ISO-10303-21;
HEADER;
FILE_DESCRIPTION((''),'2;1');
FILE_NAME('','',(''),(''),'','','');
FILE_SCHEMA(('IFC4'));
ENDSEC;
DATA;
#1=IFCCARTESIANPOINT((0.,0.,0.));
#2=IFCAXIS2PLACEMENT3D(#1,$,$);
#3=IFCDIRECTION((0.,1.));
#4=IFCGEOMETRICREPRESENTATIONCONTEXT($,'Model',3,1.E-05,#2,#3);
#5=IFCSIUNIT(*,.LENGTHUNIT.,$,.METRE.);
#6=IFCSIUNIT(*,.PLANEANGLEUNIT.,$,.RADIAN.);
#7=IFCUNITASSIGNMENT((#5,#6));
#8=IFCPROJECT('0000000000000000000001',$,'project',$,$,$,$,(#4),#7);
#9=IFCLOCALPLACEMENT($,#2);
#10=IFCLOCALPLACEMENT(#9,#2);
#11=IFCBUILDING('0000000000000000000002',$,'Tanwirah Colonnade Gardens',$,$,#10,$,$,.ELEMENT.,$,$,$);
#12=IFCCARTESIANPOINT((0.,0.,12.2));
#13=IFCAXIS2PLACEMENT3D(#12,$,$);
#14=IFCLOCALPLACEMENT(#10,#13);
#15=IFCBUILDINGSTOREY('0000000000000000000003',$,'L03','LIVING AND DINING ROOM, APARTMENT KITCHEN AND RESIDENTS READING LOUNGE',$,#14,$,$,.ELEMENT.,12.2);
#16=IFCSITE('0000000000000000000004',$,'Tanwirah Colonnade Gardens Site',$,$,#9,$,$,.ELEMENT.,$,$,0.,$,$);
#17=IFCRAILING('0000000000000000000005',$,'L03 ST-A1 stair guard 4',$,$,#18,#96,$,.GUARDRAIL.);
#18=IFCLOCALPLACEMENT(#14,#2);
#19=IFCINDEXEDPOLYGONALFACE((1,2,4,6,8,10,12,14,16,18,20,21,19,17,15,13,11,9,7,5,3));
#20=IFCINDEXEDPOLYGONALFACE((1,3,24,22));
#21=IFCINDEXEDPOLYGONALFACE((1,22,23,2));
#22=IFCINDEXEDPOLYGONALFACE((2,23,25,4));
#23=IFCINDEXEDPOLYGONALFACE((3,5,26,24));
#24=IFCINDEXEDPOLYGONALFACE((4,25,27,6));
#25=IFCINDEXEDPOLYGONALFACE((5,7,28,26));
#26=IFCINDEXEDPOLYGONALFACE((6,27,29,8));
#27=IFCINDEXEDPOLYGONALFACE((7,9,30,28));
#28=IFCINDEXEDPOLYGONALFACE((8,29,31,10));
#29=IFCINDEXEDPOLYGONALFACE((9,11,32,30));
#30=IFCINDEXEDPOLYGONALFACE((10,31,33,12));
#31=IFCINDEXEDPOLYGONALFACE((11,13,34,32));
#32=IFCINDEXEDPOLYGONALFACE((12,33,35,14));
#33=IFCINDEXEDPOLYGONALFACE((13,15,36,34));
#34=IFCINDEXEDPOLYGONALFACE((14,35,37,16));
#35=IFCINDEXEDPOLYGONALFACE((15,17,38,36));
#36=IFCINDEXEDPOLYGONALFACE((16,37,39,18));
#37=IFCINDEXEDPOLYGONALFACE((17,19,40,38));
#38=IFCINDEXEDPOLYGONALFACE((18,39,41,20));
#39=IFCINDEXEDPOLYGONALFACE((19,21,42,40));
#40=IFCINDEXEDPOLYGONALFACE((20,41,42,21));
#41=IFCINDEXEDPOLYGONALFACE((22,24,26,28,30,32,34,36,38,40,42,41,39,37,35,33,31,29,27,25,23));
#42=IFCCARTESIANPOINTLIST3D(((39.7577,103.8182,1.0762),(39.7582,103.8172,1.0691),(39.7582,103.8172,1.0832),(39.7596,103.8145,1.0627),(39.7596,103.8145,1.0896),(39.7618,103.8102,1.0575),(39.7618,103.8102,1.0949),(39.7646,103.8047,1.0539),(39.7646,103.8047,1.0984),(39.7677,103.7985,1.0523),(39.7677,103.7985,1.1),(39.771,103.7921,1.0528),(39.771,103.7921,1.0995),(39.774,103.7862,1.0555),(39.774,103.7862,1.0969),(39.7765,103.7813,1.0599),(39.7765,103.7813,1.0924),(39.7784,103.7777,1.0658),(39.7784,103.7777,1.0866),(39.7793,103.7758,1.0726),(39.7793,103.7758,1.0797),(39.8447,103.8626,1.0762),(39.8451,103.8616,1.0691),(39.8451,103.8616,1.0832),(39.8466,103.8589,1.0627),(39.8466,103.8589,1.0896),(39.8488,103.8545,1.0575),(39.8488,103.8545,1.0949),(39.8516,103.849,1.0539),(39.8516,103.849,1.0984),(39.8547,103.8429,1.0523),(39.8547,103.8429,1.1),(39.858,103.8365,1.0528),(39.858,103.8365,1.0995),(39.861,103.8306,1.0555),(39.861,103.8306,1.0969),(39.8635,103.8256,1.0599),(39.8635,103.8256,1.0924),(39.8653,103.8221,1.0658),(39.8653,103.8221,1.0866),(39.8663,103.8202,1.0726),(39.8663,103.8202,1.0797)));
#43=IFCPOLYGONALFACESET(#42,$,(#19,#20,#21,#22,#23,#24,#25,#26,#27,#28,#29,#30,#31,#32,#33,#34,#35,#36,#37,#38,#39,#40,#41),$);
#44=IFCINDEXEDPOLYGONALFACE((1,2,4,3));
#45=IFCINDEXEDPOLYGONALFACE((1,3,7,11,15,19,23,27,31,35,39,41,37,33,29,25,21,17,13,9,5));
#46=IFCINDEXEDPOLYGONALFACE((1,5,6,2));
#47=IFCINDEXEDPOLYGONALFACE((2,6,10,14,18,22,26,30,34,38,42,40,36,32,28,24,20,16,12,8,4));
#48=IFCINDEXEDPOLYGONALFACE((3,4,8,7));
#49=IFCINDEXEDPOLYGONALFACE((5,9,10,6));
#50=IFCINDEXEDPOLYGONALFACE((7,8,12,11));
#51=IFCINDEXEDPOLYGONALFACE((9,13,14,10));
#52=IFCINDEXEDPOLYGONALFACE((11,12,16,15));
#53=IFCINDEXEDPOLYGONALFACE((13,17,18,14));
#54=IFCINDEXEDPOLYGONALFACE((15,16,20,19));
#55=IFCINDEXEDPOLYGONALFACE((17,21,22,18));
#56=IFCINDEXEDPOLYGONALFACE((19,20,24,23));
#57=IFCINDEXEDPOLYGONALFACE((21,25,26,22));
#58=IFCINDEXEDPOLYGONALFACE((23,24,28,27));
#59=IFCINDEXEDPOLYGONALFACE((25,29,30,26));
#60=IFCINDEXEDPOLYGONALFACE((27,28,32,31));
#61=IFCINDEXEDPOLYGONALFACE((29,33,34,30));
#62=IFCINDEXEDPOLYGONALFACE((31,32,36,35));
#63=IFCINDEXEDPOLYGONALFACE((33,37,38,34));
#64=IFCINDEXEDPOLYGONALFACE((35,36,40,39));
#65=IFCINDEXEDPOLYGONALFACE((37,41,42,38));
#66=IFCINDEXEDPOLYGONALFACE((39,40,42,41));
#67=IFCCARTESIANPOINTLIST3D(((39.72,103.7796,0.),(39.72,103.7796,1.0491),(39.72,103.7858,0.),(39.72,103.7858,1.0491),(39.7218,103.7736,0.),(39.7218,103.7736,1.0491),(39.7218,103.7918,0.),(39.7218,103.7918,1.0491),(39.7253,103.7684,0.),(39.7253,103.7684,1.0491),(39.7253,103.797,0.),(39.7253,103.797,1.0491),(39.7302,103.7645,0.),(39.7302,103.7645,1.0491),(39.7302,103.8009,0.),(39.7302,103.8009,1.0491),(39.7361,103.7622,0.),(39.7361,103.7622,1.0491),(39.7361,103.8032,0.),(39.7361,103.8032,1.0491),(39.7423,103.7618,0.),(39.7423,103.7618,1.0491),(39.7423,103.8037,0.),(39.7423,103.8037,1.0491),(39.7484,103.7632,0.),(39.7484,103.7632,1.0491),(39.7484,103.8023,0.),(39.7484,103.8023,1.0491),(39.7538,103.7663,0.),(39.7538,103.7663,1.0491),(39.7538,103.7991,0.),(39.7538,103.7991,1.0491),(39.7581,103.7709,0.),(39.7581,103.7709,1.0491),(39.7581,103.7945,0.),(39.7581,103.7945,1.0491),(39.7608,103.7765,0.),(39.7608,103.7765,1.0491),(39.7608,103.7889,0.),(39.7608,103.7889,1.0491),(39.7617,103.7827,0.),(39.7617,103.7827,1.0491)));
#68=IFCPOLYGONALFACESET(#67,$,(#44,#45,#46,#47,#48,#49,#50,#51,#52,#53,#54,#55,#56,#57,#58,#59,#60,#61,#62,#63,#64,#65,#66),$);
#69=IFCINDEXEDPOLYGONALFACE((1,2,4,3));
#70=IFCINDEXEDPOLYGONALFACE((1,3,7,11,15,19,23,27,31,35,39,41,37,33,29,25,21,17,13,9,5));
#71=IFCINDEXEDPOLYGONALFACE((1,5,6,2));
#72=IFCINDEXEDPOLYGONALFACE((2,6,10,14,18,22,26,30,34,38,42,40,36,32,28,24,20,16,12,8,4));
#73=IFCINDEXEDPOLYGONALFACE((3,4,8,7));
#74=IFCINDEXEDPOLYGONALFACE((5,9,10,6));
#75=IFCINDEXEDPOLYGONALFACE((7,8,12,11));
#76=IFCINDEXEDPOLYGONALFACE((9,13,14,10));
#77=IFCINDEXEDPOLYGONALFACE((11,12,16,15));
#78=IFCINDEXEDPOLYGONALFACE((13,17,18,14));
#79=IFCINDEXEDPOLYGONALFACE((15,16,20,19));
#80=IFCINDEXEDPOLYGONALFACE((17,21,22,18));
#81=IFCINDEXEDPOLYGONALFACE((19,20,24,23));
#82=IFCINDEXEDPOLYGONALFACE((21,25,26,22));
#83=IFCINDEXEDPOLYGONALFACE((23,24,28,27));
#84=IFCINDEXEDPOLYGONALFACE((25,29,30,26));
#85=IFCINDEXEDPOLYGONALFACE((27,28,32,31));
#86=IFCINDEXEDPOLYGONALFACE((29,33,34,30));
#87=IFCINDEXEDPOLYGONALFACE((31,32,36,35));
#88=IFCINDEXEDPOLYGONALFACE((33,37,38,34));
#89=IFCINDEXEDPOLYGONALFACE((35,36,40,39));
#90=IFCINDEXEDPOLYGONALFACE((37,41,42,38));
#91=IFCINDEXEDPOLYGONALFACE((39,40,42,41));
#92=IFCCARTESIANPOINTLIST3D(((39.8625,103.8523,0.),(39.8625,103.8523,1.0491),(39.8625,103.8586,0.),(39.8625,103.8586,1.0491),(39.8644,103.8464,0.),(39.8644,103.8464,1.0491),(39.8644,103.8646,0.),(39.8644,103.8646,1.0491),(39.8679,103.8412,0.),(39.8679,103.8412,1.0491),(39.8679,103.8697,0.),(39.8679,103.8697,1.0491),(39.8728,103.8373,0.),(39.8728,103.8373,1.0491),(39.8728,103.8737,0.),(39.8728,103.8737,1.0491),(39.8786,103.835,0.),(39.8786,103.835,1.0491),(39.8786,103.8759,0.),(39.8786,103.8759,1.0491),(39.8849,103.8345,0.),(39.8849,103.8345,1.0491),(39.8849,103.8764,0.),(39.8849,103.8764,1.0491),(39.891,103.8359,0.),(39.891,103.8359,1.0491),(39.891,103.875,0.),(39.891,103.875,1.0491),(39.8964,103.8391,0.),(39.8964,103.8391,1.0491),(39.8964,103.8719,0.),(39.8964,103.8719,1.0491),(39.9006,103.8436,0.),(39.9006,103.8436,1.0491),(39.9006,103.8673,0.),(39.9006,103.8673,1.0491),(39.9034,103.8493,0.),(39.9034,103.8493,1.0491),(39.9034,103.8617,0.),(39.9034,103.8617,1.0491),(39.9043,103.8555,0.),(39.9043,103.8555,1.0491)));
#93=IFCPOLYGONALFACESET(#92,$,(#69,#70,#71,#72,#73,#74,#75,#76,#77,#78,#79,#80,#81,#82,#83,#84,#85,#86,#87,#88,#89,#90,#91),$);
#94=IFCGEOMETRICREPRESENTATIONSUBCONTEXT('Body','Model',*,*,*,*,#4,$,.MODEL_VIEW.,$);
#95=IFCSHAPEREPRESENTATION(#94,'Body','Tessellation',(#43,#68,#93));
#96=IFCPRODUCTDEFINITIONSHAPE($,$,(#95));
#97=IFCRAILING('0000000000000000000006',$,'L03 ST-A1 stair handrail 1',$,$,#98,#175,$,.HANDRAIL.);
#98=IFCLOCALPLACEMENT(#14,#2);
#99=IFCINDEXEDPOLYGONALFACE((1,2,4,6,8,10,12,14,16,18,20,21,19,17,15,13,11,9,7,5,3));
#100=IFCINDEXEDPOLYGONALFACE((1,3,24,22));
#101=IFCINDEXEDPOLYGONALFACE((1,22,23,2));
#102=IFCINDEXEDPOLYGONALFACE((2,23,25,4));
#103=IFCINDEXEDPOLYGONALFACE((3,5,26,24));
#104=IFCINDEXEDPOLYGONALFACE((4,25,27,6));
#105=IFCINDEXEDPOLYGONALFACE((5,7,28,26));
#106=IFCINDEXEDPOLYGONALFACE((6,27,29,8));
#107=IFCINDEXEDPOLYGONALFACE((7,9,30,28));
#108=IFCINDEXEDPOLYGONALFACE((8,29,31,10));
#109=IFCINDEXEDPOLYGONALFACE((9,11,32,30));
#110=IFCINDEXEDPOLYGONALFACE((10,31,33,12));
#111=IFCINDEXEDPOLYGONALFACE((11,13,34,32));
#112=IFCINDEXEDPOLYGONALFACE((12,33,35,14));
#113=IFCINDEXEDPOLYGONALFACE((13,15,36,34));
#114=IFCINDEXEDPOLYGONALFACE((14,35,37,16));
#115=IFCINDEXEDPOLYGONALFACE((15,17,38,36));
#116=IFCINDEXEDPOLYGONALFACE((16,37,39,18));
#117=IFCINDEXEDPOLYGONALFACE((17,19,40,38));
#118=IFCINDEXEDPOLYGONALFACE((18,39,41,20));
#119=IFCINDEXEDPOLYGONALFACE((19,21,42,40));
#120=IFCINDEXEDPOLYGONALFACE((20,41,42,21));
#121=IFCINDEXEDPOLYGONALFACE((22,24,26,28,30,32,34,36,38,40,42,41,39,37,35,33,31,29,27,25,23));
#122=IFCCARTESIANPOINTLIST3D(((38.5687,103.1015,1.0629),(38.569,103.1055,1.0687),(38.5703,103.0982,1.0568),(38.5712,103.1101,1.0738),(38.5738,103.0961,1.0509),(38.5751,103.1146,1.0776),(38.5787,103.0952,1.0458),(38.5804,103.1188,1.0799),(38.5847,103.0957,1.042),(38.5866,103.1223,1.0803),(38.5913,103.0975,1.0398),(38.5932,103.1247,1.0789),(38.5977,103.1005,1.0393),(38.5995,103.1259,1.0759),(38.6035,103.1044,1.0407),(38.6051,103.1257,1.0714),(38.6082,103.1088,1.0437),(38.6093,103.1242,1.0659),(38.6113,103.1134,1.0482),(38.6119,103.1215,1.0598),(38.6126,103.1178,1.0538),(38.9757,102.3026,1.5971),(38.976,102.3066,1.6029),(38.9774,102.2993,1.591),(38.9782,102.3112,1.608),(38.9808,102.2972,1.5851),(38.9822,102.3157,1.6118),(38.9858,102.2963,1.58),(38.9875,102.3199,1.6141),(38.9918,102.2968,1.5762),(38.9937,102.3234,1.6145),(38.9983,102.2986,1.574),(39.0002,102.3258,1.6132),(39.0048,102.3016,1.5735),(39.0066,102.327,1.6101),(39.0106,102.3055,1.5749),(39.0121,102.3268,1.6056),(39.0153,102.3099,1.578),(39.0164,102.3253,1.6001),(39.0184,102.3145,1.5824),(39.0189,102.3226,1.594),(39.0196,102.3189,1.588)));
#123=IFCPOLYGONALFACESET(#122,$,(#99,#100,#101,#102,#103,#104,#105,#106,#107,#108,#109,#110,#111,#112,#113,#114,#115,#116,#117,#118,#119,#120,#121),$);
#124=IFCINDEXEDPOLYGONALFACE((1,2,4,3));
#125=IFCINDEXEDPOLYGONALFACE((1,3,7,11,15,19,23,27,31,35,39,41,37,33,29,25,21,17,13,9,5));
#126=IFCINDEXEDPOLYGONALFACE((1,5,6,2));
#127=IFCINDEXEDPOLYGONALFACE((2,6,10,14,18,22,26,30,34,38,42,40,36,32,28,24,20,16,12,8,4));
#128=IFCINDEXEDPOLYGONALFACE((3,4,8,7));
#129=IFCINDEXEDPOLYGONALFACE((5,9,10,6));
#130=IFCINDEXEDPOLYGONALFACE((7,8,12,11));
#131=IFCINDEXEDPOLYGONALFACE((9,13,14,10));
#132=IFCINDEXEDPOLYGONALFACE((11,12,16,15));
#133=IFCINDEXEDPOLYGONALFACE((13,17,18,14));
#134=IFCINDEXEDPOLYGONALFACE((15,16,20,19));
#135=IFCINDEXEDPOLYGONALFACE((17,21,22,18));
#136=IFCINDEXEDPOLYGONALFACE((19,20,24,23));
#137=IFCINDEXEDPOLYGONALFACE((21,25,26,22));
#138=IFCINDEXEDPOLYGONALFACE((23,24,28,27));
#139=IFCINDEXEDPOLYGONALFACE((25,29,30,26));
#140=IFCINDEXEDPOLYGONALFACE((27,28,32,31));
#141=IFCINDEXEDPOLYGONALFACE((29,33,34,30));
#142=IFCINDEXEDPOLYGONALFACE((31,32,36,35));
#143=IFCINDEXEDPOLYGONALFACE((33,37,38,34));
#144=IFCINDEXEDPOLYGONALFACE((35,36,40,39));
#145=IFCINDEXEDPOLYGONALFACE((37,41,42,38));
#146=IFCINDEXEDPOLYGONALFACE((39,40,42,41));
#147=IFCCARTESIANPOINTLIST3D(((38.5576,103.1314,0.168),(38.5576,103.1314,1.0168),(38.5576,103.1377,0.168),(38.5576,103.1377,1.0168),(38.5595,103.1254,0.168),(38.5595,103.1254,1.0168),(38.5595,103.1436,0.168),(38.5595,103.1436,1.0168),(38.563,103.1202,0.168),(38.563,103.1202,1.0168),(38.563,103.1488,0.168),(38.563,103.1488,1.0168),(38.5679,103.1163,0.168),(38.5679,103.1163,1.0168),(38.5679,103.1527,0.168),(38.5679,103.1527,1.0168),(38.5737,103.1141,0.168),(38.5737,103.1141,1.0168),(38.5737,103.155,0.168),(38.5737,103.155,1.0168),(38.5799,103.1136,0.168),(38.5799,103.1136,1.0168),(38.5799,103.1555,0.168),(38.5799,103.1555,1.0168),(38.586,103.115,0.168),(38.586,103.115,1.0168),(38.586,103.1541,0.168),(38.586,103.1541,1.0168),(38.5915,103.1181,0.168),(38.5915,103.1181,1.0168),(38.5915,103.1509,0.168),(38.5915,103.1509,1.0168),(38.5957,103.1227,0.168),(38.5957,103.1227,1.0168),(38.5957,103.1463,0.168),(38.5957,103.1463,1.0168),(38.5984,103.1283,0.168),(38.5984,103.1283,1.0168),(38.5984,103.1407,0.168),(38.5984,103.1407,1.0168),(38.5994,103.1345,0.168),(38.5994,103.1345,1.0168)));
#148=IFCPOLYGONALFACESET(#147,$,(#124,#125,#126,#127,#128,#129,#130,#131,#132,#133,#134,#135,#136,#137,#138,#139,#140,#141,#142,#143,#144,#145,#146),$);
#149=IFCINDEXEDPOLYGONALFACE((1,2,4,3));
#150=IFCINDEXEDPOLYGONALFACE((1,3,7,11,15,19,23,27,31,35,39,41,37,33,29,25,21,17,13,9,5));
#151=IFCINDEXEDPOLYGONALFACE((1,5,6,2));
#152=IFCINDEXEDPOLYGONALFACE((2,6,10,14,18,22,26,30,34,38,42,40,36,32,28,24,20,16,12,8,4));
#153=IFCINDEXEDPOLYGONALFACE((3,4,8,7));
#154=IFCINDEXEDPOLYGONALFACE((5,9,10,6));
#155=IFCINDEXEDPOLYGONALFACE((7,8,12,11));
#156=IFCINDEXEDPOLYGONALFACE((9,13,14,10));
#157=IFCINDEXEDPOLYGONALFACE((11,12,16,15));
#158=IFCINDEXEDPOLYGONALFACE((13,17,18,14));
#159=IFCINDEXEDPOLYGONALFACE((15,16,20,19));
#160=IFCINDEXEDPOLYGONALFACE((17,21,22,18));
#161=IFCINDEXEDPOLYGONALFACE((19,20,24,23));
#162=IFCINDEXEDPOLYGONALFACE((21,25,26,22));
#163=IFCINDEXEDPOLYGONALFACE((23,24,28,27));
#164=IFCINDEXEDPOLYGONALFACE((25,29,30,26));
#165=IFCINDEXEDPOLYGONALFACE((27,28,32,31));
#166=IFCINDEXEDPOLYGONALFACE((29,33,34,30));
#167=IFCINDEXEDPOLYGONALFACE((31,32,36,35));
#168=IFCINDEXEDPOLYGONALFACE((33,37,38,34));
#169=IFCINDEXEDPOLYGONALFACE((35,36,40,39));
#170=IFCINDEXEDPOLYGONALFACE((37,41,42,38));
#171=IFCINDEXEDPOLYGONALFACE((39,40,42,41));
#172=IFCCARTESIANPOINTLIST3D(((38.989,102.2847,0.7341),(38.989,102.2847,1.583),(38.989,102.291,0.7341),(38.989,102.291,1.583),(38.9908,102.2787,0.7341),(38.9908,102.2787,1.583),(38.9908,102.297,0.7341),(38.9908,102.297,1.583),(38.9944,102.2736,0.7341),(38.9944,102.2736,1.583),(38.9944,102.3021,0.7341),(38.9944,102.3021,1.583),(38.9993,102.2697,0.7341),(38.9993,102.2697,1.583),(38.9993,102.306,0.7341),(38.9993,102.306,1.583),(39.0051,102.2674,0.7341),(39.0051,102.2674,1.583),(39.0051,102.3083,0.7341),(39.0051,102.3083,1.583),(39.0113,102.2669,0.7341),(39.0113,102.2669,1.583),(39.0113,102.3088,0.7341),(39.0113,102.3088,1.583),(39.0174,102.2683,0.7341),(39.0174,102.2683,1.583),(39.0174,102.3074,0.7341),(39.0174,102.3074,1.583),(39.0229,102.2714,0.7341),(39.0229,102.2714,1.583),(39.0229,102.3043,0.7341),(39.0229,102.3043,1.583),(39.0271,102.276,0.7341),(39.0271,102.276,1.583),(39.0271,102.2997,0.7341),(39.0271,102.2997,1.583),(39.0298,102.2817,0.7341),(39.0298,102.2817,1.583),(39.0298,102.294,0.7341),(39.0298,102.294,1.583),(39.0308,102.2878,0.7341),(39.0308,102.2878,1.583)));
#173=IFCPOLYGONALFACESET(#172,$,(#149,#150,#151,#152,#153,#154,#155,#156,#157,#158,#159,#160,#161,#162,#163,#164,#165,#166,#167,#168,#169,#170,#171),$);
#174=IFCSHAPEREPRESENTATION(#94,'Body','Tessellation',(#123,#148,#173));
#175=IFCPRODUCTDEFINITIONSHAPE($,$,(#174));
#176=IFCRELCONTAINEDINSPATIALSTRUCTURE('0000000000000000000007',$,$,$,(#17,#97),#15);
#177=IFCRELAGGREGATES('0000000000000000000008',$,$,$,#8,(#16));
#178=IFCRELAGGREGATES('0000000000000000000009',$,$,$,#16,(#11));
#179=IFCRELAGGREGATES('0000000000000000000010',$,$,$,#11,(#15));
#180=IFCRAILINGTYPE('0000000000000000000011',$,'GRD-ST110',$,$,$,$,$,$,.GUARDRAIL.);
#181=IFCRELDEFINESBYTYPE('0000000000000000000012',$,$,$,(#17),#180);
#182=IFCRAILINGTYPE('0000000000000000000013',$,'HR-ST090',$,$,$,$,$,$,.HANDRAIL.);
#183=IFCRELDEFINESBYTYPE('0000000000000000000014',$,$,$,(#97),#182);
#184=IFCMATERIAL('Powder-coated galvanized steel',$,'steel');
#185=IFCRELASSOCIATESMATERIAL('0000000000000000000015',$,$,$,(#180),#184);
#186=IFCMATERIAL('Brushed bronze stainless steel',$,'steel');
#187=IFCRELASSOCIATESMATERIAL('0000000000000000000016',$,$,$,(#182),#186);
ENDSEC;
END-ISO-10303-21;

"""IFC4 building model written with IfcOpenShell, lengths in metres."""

from ifc_helpers import new_model, si_unit, direction, frame, origin, origin_2d, place, context, subcontext, project, spatial, circle, extrude, material, type_object, element, save


model = new_model("IFC4")

# Units and contexts
model_context = context("Model", 3, precision=1e-05, world=origin(), true_north=direction((0.0, 1.0)))
body_context = subcontext(model_context, "Body", "Model", "MODEL_VIEW")
ifc_project = project(units=[si_unit("LENGTHUNIT", "METRE"), si_unit("PLANEANGLEUNIT", "RADIAN")], contexts=[model_context])

# Site, building, storey
site_placement = place(None, origin())
site = spatial("IfcSite", under=ifc_project, at=site_placement, Name="Tanwirah Colonnade Gardens Site", CompositionType="ELEMENT", RefElevation=0.0)
building_placement = place(site_placement, origin())
building = spatial("IfcBuilding", under=site, at=building_placement, Name="Tanwirah Colonnade Gardens", CompositionType="ELEMENT")
storey_placement = place(building_placement, frame((0.0, 0.0, 12.2)))
storey = spatial("IfcBuildingStorey", under=building, at=storey_placement, Name="L03", Description="LIVING AND DINING ROOM, APARTMENT KITCHEN AND RESIDENTS READING LOUNGE", CompositionType="ELEMENT", Elevation=12.2)

# Railings
ifc_material_1 = material(Name="Powder-coated galvanized steel", Category="steel")
railing_type_1 = type_object("IfcRailingType", Name="GRD-ST110", PredefinedType="GUARDRAIL", material=ifc_material_1)
railing_1_placement = place(storey_placement, frame((39.7407, 103.7827, 0.0)))
element("IfcRailing", 1, at=railing_1_placement, inside=storey, type_object=railing_type_1, Name="L03 ST-A1 stair guard 4", PredefinedType="GUARDRAIL", context=body_context, shape_type="SweptSolid", body=[
    extrude(circle(Radius=0.0239, at=origin_2d()), frame((0.0278, 0.0142, 1.0762), z_axis=(0.890737, 0.45452, 0.0), x_axis=(-0.45452, 0.890737, 0.0)), (0.0, 0.0, 1.0), 0.0977),
    extrude(circle(Radius=0.021, at=origin_2d()), origin(), (0.0, 0.0, 1.0), 1.0491),
    extrude(circle(Radius=0.021, at=origin_2d()), frame((0.1426, 0.0728, 0.0)), (0.0, 0.0, 1.0), 1.0491),
])
ifc_material_2 = material(Name="Brushed bronze stainless steel", Category="steel")
railing_type_2 = type_object("IfcRailingType", Name="HR-ST090", PredefinedType="HANDRAIL", material=ifc_material_2)
railing_2_placement = place(storey_placement, frame((38.5784, 103.1345, 0.168)))
element("IfcRailing", 2, at=railing_2_placement, inside=storey, type_object=railing_type_2, Name="L03 ST-A1 stair handrail 1", PredefinedType="HANDRAIL", context=body_context, shape_type="SweptSolid", body=[
    extrude(circle(Radius=0.0239, at=origin_2d()), frame((0.0122, -0.0239, 0.8918), z_axis=(0.390008, -0.765448, 0.511844), x_axis=(0.89101, 0.453984, 0.0)), (0.0, 0.0, 1.0), 1.0437),
    extrude(circle(Radius=0.021, at=origin_2d()), origin(), (0.0, 0.0, 1.0), 0.8489),
    extrude(circle(Radius=0.021, at=origin_2d()), frame((0.4314, -0.8467, 0.5662)), (0.0, 0.0, 1.0), 0.8489),
])

save(model, "model.ifc")
